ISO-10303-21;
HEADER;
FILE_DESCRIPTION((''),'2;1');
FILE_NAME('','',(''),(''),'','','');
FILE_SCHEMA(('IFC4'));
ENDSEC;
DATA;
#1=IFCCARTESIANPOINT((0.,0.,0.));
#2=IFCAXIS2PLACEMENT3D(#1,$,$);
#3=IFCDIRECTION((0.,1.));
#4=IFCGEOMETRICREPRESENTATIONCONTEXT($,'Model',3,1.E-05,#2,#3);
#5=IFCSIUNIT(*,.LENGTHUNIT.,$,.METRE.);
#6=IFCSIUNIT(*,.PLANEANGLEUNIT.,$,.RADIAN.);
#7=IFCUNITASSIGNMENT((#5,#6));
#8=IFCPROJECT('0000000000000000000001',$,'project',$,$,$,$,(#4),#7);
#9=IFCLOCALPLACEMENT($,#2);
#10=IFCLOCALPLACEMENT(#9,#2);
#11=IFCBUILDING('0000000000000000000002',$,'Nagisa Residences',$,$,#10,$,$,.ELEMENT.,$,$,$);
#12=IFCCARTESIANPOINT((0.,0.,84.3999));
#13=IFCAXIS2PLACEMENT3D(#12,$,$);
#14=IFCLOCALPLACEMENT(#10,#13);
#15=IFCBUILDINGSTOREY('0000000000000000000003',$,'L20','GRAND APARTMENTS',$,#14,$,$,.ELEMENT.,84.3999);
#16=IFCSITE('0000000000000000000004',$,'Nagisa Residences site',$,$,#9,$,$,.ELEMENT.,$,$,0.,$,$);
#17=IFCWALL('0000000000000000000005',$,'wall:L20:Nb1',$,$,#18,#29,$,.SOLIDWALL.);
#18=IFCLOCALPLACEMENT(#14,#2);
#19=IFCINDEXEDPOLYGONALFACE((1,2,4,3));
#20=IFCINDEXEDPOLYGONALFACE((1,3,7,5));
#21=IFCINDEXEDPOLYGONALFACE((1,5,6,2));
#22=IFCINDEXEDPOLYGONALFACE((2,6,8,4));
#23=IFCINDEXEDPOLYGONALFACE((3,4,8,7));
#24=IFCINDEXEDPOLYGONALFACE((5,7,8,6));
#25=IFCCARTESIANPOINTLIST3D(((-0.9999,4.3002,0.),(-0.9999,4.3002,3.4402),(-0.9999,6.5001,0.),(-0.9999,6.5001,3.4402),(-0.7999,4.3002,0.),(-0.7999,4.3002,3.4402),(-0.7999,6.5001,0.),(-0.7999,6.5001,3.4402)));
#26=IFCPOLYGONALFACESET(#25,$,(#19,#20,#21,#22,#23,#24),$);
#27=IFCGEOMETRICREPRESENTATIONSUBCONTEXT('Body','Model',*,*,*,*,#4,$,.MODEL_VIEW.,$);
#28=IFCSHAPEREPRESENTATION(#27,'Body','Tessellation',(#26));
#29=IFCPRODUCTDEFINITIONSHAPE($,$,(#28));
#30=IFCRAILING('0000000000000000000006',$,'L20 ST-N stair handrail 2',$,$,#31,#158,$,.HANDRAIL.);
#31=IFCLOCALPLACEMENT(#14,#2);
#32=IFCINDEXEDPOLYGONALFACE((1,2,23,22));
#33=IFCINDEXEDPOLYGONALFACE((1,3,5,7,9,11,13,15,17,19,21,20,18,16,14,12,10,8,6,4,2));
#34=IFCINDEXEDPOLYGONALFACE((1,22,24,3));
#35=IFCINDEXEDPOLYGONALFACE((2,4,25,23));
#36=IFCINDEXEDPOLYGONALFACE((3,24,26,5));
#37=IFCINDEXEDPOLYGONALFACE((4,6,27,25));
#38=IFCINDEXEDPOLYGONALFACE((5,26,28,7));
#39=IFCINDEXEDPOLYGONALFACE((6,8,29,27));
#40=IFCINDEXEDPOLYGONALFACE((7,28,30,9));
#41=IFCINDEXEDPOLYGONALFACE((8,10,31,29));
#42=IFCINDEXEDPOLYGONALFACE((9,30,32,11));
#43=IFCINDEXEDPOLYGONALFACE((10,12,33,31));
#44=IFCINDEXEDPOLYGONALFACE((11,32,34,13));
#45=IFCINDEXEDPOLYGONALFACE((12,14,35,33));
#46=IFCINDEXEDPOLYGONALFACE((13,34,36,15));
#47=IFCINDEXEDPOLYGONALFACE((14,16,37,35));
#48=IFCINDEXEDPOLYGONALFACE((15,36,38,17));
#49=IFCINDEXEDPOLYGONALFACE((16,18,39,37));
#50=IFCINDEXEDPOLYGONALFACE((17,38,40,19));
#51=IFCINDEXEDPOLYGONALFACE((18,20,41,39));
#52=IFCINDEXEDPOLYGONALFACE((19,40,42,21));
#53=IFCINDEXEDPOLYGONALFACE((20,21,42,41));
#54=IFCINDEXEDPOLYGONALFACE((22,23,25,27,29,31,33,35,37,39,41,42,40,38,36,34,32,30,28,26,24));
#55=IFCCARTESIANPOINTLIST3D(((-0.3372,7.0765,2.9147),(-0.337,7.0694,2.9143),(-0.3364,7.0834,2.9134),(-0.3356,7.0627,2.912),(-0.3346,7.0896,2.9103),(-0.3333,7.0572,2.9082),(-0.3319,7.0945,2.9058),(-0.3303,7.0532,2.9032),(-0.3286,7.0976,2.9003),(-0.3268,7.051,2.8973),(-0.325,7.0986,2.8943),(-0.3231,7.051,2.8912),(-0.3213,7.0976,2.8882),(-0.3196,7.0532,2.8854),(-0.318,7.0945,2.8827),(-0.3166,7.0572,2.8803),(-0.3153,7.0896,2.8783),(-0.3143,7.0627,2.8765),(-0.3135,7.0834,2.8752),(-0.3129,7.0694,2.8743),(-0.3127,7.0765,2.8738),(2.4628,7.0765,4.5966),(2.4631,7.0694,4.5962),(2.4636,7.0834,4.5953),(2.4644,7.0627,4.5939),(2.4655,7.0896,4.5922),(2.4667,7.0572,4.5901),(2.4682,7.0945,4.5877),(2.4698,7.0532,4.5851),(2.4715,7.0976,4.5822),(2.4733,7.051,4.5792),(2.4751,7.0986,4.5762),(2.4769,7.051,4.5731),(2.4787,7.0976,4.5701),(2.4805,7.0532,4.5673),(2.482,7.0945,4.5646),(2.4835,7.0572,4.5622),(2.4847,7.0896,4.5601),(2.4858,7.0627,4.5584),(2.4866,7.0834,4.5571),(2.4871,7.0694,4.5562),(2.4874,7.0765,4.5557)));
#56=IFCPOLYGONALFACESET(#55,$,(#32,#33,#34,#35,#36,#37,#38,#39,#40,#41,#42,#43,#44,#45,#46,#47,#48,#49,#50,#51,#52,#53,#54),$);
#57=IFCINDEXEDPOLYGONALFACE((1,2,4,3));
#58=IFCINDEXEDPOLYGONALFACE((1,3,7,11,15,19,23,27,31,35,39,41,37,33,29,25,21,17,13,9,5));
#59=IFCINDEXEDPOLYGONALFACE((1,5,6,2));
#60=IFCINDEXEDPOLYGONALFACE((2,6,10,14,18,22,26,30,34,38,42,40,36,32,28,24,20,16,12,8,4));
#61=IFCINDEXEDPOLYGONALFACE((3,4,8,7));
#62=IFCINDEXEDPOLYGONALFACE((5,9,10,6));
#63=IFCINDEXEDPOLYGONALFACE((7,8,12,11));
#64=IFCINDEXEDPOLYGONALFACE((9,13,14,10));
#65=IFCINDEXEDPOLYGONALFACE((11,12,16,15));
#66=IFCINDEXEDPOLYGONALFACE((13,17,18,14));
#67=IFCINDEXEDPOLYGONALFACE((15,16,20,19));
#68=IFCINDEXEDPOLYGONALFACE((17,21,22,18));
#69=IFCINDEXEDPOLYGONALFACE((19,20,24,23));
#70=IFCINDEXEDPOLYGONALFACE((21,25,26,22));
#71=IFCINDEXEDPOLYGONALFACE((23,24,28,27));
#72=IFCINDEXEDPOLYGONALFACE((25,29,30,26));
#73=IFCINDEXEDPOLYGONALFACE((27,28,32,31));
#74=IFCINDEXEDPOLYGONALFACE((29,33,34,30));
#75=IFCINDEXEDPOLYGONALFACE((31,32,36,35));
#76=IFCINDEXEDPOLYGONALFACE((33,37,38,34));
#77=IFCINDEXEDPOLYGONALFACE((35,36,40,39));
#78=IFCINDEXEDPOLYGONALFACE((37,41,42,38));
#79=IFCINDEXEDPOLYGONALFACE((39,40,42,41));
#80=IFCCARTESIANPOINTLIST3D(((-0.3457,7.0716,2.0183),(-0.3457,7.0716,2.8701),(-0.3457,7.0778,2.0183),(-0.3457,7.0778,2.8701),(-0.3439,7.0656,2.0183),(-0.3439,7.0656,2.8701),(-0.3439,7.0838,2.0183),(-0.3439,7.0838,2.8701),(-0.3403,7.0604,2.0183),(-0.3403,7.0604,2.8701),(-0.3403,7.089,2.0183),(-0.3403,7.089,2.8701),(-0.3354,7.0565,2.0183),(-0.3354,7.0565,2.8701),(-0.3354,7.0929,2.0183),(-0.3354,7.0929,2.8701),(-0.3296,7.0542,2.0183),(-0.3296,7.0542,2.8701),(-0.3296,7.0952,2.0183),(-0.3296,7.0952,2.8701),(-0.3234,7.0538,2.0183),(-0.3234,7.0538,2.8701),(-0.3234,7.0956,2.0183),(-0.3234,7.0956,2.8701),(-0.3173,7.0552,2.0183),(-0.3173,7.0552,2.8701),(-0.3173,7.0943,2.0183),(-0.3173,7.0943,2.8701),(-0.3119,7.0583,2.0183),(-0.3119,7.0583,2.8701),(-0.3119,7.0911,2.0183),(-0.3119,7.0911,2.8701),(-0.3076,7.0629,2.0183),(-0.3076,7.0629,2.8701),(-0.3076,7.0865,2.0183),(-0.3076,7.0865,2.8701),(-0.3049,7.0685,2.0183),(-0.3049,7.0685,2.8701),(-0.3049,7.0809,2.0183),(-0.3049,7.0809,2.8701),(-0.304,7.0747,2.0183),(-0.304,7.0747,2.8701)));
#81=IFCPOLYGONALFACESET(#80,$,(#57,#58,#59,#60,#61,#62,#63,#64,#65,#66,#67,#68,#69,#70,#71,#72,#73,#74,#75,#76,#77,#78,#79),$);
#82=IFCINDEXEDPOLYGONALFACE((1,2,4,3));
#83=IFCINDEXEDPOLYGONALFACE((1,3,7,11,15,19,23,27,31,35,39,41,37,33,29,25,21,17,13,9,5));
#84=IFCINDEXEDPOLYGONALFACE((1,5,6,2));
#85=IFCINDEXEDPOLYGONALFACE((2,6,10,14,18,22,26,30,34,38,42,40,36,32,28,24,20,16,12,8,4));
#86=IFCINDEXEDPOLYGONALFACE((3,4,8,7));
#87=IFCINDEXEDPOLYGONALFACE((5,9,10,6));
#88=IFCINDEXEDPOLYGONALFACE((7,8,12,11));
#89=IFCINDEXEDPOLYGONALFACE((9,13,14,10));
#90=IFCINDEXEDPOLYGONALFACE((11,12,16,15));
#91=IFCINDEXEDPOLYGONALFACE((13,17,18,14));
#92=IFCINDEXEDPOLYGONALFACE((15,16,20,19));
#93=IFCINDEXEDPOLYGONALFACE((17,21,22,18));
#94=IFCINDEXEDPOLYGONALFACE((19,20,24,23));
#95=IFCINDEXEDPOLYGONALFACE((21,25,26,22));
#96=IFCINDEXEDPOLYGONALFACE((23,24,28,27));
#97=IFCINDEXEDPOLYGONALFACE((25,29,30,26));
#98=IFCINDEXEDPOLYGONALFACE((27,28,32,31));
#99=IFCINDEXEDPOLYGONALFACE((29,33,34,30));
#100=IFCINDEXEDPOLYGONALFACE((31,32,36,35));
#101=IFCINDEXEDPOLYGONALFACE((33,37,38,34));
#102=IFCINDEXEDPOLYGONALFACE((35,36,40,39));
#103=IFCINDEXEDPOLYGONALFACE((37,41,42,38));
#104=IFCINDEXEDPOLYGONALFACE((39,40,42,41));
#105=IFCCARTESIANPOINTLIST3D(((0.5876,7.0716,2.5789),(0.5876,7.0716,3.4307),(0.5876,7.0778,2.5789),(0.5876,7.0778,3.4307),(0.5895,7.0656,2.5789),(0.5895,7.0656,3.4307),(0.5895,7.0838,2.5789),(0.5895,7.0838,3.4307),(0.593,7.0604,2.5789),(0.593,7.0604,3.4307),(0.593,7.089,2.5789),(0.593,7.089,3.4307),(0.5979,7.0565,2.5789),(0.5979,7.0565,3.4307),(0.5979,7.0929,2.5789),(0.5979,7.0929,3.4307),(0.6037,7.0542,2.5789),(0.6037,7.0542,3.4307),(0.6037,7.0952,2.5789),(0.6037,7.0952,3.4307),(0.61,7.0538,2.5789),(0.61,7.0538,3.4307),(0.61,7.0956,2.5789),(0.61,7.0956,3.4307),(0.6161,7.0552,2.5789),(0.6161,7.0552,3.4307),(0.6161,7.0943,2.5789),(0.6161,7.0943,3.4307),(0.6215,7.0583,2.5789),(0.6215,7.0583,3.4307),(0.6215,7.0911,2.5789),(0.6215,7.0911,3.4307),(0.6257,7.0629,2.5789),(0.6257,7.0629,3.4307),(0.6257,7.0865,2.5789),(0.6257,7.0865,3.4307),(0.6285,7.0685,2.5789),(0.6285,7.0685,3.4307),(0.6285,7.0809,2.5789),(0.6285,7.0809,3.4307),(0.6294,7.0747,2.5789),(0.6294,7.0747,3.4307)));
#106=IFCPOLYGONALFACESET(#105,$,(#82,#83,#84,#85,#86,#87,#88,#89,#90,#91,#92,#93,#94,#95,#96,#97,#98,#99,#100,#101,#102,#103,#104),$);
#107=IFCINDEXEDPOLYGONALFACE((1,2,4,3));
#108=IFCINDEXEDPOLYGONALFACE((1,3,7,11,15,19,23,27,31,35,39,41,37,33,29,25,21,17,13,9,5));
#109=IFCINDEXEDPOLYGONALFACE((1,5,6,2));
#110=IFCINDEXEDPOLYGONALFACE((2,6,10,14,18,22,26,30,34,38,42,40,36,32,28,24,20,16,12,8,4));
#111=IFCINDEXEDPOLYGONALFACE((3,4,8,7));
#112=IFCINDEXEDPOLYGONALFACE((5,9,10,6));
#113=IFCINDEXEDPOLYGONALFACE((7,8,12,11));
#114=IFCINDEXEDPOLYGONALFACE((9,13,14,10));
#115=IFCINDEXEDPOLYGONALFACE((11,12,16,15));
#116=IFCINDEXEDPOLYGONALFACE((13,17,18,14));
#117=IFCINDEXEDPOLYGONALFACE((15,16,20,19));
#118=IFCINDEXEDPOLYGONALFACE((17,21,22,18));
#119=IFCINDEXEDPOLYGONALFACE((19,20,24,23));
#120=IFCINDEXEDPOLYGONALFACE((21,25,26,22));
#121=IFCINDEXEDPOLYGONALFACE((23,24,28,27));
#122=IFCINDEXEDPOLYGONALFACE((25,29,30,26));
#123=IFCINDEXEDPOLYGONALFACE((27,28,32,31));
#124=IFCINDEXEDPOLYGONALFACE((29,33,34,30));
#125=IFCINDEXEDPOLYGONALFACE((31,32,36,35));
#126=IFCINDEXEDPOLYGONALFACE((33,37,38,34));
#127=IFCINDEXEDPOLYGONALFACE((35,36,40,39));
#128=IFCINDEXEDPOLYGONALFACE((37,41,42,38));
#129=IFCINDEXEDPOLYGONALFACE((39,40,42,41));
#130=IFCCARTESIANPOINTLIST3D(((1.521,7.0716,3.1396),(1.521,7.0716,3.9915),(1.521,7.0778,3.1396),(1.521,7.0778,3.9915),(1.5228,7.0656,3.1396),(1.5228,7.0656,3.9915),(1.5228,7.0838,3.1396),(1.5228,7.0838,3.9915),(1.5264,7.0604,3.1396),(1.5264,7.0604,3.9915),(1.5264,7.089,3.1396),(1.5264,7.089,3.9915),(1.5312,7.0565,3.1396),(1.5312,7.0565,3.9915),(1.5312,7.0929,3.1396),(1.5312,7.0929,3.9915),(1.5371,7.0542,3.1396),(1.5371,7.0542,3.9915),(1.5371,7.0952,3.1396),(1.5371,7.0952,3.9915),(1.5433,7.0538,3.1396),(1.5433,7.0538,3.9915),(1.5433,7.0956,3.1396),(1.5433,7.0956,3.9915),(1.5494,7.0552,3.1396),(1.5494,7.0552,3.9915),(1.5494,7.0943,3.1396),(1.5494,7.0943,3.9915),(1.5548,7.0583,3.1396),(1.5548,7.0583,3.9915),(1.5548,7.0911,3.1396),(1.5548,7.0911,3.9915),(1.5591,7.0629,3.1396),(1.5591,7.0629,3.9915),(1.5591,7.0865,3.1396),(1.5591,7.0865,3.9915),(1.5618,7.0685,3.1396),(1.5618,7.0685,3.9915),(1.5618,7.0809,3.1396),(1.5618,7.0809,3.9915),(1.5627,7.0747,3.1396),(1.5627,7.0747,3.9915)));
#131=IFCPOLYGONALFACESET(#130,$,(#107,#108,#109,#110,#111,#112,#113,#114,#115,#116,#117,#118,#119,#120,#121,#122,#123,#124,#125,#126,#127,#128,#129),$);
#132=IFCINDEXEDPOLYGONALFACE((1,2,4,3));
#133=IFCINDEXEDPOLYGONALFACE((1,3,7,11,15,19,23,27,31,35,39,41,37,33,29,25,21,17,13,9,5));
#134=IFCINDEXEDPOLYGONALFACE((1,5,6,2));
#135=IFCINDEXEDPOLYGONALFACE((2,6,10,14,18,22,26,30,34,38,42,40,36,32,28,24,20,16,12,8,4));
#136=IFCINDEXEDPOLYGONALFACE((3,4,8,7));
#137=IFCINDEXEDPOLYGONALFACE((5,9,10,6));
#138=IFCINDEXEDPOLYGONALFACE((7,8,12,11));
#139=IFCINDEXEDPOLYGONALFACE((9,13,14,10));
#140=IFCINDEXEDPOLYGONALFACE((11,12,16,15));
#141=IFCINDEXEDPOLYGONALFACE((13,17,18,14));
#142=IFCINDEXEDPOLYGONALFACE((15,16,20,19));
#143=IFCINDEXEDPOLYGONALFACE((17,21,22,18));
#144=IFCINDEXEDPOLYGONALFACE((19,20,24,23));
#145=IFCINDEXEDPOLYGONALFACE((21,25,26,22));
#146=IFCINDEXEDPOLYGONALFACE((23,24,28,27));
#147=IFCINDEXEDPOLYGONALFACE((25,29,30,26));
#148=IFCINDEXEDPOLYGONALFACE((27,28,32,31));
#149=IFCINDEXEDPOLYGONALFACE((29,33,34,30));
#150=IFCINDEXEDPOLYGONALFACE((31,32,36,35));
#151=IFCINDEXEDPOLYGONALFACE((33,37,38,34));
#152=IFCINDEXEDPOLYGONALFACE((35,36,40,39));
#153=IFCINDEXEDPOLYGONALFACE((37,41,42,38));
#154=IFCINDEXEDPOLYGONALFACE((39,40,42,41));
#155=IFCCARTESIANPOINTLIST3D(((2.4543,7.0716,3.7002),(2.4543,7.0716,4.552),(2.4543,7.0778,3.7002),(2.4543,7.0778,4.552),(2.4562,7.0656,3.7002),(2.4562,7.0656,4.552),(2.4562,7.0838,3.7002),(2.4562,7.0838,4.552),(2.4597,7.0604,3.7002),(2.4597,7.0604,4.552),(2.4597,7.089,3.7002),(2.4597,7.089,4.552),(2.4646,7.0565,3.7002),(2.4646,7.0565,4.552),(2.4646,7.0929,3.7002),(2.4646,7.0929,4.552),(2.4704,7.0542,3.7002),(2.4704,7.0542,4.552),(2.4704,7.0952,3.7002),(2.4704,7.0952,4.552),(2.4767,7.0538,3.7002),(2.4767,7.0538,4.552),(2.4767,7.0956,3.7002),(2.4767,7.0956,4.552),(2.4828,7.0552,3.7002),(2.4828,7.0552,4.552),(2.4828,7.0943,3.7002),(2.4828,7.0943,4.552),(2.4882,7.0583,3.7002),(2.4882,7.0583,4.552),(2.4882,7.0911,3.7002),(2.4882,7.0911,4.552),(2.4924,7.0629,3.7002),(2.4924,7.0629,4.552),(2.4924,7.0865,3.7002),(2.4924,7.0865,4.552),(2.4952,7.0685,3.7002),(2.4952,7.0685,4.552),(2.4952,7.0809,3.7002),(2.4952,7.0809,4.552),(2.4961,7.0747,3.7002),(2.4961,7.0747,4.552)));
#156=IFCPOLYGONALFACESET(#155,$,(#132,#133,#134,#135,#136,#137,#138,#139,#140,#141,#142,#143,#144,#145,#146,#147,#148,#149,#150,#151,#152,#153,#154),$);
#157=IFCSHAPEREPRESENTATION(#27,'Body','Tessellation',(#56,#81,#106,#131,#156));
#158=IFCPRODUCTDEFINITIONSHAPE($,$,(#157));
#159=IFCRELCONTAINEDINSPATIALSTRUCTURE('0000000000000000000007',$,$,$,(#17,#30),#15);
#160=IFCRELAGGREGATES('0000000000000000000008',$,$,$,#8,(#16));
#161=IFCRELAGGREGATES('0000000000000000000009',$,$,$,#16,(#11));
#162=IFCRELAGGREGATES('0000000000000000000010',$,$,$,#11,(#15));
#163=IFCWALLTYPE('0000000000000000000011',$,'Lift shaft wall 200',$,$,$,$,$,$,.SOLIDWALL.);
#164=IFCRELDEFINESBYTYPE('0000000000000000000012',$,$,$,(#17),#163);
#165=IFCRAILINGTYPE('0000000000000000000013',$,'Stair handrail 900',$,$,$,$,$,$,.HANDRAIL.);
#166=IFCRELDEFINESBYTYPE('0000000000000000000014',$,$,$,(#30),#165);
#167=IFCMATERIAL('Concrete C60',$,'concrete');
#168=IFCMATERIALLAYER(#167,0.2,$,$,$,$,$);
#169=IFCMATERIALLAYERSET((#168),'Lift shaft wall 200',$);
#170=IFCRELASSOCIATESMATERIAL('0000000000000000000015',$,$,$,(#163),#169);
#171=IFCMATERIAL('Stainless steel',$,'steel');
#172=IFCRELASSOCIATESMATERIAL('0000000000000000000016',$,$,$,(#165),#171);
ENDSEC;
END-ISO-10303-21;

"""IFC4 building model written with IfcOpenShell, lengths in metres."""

from ifc_helpers import new_model, si_unit, direction, frame, frame_2d, origin, origin_2d, place, context, subcontext, project, spatial, rectangle, circle, extrude, material, layer, layer_set, type_object, element, save


model = new_model("IFC4")

# Units and contexts
model_context = context("Model", 3, precision=1e-05, world=origin(), true_north=direction((0.0, 1.0)))
body_context = subcontext(model_context, "Body", "Model", "MODEL_VIEW")
ifc_project = project(units=[si_unit("LENGTHUNIT", "METRE"), si_unit("PLANEANGLEUNIT", "RADIAN")], contexts=[model_context])

# Site, building, storey
site_placement = place(None, origin())
site = spatial("IfcSite", under=ifc_project, at=site_placement, Name="Nagisa Residences site", CompositionType="ELEMENT", RefElevation=0.0)
building_placement = place(site_placement, origin())
building = spatial("IfcBuilding", under=site, at=building_placement, Name="Nagisa Residences", CompositionType="ELEMENT")
storey_placement = place(building_placement, frame((0.0, 0.0, 84.3999)))
storey = spatial("IfcBuildingStorey", under=building, at=storey_placement, Name="L20", Description="GRAND APARTMENTS", CompositionType="ELEMENT", Elevation=84.3999)

# Shared definitions
ifc_material_1 = material(Name="Concrete C60", Category="concrete")
ifc_layer_1 = layer(ifc_material_1, 0.2)
ifc_layer_set_1 = layer_set([ifc_layer_1], Name="Lift shaft wall 200")
wall_type_1 = type_object("IfcWallType", Name="Lift shaft wall 200", PredefinedType="SOLIDWALL", material=ifc_layer_set_1)

# Wall
wall_1_placement = place(storey_placement, frame((-0.8999, 4.3, 0.0), z_axis=(0.0, 0.0, 1.0), x_axis=(0.0, 1.0, 0.0)))
element("IfcWall", 1, at=wall_1_placement, inside=storey, type_object=wall_type_1, Name="wall:L20:Nb1", PredefinedType="SOLIDWALL", context=body_context, shape_type="SweptSolid", body=[
    extrude(rectangle(XDim=2.2, YDim=0.2, at=frame_2d((1.1001, 0.0))), origin(), (0.0, 0.0, 1.0), 3.4402),
])

# Railing
ifc_material_2 = material(Name="Stainless steel", Category="steel")
railing_type = type_object("IfcRailingType", Name="Stair handrail 900", PredefinedType="HANDRAIL", material=ifc_material_2)
railing_placement = place(storey_placement, frame((-0.325, 7.0747, 2.0183)))
element("IfcRailing", 2, at=railing_placement, inside=storey, type_object=railing_type, Name="L20 ST-N stair handrail 2", PredefinedType="HANDRAIL", context=body_context, shape_type="SweptSolid", body=[
    extrude(circle(Radius=0.0239, at=origin_2d()), frame((0.0, 0.0, 0.876), z_axis=(0.857242, 0.0, 0.514913), x_axis=(0.0, 1.0, 0.0)), (0.0, 0.0, 1.0), 3.2664),
    extrude(circle(Radius=0.021, at=origin_2d()), origin(), (0.0, 0.0, 1.0), 0.8518),
    extrude(circle(Radius=0.021, at=origin_2d()), frame((0.9333, 0.0, 0.5605)), (0.0, 0.0, 1.0), 0.8518),
    extrude(circle(Radius=0.021, at=origin_2d()), frame((1.8667, 0.0, 1.1213)), (0.0, 0.0, 1.0), 0.8518),
    extrude(circle(Radius=0.021, at=origin_2d()), frame((2.8, 0.0, 1.6819)), (0.0, 0.0, 1.0), 0.8518),
])

save(model, "model.ifc")
